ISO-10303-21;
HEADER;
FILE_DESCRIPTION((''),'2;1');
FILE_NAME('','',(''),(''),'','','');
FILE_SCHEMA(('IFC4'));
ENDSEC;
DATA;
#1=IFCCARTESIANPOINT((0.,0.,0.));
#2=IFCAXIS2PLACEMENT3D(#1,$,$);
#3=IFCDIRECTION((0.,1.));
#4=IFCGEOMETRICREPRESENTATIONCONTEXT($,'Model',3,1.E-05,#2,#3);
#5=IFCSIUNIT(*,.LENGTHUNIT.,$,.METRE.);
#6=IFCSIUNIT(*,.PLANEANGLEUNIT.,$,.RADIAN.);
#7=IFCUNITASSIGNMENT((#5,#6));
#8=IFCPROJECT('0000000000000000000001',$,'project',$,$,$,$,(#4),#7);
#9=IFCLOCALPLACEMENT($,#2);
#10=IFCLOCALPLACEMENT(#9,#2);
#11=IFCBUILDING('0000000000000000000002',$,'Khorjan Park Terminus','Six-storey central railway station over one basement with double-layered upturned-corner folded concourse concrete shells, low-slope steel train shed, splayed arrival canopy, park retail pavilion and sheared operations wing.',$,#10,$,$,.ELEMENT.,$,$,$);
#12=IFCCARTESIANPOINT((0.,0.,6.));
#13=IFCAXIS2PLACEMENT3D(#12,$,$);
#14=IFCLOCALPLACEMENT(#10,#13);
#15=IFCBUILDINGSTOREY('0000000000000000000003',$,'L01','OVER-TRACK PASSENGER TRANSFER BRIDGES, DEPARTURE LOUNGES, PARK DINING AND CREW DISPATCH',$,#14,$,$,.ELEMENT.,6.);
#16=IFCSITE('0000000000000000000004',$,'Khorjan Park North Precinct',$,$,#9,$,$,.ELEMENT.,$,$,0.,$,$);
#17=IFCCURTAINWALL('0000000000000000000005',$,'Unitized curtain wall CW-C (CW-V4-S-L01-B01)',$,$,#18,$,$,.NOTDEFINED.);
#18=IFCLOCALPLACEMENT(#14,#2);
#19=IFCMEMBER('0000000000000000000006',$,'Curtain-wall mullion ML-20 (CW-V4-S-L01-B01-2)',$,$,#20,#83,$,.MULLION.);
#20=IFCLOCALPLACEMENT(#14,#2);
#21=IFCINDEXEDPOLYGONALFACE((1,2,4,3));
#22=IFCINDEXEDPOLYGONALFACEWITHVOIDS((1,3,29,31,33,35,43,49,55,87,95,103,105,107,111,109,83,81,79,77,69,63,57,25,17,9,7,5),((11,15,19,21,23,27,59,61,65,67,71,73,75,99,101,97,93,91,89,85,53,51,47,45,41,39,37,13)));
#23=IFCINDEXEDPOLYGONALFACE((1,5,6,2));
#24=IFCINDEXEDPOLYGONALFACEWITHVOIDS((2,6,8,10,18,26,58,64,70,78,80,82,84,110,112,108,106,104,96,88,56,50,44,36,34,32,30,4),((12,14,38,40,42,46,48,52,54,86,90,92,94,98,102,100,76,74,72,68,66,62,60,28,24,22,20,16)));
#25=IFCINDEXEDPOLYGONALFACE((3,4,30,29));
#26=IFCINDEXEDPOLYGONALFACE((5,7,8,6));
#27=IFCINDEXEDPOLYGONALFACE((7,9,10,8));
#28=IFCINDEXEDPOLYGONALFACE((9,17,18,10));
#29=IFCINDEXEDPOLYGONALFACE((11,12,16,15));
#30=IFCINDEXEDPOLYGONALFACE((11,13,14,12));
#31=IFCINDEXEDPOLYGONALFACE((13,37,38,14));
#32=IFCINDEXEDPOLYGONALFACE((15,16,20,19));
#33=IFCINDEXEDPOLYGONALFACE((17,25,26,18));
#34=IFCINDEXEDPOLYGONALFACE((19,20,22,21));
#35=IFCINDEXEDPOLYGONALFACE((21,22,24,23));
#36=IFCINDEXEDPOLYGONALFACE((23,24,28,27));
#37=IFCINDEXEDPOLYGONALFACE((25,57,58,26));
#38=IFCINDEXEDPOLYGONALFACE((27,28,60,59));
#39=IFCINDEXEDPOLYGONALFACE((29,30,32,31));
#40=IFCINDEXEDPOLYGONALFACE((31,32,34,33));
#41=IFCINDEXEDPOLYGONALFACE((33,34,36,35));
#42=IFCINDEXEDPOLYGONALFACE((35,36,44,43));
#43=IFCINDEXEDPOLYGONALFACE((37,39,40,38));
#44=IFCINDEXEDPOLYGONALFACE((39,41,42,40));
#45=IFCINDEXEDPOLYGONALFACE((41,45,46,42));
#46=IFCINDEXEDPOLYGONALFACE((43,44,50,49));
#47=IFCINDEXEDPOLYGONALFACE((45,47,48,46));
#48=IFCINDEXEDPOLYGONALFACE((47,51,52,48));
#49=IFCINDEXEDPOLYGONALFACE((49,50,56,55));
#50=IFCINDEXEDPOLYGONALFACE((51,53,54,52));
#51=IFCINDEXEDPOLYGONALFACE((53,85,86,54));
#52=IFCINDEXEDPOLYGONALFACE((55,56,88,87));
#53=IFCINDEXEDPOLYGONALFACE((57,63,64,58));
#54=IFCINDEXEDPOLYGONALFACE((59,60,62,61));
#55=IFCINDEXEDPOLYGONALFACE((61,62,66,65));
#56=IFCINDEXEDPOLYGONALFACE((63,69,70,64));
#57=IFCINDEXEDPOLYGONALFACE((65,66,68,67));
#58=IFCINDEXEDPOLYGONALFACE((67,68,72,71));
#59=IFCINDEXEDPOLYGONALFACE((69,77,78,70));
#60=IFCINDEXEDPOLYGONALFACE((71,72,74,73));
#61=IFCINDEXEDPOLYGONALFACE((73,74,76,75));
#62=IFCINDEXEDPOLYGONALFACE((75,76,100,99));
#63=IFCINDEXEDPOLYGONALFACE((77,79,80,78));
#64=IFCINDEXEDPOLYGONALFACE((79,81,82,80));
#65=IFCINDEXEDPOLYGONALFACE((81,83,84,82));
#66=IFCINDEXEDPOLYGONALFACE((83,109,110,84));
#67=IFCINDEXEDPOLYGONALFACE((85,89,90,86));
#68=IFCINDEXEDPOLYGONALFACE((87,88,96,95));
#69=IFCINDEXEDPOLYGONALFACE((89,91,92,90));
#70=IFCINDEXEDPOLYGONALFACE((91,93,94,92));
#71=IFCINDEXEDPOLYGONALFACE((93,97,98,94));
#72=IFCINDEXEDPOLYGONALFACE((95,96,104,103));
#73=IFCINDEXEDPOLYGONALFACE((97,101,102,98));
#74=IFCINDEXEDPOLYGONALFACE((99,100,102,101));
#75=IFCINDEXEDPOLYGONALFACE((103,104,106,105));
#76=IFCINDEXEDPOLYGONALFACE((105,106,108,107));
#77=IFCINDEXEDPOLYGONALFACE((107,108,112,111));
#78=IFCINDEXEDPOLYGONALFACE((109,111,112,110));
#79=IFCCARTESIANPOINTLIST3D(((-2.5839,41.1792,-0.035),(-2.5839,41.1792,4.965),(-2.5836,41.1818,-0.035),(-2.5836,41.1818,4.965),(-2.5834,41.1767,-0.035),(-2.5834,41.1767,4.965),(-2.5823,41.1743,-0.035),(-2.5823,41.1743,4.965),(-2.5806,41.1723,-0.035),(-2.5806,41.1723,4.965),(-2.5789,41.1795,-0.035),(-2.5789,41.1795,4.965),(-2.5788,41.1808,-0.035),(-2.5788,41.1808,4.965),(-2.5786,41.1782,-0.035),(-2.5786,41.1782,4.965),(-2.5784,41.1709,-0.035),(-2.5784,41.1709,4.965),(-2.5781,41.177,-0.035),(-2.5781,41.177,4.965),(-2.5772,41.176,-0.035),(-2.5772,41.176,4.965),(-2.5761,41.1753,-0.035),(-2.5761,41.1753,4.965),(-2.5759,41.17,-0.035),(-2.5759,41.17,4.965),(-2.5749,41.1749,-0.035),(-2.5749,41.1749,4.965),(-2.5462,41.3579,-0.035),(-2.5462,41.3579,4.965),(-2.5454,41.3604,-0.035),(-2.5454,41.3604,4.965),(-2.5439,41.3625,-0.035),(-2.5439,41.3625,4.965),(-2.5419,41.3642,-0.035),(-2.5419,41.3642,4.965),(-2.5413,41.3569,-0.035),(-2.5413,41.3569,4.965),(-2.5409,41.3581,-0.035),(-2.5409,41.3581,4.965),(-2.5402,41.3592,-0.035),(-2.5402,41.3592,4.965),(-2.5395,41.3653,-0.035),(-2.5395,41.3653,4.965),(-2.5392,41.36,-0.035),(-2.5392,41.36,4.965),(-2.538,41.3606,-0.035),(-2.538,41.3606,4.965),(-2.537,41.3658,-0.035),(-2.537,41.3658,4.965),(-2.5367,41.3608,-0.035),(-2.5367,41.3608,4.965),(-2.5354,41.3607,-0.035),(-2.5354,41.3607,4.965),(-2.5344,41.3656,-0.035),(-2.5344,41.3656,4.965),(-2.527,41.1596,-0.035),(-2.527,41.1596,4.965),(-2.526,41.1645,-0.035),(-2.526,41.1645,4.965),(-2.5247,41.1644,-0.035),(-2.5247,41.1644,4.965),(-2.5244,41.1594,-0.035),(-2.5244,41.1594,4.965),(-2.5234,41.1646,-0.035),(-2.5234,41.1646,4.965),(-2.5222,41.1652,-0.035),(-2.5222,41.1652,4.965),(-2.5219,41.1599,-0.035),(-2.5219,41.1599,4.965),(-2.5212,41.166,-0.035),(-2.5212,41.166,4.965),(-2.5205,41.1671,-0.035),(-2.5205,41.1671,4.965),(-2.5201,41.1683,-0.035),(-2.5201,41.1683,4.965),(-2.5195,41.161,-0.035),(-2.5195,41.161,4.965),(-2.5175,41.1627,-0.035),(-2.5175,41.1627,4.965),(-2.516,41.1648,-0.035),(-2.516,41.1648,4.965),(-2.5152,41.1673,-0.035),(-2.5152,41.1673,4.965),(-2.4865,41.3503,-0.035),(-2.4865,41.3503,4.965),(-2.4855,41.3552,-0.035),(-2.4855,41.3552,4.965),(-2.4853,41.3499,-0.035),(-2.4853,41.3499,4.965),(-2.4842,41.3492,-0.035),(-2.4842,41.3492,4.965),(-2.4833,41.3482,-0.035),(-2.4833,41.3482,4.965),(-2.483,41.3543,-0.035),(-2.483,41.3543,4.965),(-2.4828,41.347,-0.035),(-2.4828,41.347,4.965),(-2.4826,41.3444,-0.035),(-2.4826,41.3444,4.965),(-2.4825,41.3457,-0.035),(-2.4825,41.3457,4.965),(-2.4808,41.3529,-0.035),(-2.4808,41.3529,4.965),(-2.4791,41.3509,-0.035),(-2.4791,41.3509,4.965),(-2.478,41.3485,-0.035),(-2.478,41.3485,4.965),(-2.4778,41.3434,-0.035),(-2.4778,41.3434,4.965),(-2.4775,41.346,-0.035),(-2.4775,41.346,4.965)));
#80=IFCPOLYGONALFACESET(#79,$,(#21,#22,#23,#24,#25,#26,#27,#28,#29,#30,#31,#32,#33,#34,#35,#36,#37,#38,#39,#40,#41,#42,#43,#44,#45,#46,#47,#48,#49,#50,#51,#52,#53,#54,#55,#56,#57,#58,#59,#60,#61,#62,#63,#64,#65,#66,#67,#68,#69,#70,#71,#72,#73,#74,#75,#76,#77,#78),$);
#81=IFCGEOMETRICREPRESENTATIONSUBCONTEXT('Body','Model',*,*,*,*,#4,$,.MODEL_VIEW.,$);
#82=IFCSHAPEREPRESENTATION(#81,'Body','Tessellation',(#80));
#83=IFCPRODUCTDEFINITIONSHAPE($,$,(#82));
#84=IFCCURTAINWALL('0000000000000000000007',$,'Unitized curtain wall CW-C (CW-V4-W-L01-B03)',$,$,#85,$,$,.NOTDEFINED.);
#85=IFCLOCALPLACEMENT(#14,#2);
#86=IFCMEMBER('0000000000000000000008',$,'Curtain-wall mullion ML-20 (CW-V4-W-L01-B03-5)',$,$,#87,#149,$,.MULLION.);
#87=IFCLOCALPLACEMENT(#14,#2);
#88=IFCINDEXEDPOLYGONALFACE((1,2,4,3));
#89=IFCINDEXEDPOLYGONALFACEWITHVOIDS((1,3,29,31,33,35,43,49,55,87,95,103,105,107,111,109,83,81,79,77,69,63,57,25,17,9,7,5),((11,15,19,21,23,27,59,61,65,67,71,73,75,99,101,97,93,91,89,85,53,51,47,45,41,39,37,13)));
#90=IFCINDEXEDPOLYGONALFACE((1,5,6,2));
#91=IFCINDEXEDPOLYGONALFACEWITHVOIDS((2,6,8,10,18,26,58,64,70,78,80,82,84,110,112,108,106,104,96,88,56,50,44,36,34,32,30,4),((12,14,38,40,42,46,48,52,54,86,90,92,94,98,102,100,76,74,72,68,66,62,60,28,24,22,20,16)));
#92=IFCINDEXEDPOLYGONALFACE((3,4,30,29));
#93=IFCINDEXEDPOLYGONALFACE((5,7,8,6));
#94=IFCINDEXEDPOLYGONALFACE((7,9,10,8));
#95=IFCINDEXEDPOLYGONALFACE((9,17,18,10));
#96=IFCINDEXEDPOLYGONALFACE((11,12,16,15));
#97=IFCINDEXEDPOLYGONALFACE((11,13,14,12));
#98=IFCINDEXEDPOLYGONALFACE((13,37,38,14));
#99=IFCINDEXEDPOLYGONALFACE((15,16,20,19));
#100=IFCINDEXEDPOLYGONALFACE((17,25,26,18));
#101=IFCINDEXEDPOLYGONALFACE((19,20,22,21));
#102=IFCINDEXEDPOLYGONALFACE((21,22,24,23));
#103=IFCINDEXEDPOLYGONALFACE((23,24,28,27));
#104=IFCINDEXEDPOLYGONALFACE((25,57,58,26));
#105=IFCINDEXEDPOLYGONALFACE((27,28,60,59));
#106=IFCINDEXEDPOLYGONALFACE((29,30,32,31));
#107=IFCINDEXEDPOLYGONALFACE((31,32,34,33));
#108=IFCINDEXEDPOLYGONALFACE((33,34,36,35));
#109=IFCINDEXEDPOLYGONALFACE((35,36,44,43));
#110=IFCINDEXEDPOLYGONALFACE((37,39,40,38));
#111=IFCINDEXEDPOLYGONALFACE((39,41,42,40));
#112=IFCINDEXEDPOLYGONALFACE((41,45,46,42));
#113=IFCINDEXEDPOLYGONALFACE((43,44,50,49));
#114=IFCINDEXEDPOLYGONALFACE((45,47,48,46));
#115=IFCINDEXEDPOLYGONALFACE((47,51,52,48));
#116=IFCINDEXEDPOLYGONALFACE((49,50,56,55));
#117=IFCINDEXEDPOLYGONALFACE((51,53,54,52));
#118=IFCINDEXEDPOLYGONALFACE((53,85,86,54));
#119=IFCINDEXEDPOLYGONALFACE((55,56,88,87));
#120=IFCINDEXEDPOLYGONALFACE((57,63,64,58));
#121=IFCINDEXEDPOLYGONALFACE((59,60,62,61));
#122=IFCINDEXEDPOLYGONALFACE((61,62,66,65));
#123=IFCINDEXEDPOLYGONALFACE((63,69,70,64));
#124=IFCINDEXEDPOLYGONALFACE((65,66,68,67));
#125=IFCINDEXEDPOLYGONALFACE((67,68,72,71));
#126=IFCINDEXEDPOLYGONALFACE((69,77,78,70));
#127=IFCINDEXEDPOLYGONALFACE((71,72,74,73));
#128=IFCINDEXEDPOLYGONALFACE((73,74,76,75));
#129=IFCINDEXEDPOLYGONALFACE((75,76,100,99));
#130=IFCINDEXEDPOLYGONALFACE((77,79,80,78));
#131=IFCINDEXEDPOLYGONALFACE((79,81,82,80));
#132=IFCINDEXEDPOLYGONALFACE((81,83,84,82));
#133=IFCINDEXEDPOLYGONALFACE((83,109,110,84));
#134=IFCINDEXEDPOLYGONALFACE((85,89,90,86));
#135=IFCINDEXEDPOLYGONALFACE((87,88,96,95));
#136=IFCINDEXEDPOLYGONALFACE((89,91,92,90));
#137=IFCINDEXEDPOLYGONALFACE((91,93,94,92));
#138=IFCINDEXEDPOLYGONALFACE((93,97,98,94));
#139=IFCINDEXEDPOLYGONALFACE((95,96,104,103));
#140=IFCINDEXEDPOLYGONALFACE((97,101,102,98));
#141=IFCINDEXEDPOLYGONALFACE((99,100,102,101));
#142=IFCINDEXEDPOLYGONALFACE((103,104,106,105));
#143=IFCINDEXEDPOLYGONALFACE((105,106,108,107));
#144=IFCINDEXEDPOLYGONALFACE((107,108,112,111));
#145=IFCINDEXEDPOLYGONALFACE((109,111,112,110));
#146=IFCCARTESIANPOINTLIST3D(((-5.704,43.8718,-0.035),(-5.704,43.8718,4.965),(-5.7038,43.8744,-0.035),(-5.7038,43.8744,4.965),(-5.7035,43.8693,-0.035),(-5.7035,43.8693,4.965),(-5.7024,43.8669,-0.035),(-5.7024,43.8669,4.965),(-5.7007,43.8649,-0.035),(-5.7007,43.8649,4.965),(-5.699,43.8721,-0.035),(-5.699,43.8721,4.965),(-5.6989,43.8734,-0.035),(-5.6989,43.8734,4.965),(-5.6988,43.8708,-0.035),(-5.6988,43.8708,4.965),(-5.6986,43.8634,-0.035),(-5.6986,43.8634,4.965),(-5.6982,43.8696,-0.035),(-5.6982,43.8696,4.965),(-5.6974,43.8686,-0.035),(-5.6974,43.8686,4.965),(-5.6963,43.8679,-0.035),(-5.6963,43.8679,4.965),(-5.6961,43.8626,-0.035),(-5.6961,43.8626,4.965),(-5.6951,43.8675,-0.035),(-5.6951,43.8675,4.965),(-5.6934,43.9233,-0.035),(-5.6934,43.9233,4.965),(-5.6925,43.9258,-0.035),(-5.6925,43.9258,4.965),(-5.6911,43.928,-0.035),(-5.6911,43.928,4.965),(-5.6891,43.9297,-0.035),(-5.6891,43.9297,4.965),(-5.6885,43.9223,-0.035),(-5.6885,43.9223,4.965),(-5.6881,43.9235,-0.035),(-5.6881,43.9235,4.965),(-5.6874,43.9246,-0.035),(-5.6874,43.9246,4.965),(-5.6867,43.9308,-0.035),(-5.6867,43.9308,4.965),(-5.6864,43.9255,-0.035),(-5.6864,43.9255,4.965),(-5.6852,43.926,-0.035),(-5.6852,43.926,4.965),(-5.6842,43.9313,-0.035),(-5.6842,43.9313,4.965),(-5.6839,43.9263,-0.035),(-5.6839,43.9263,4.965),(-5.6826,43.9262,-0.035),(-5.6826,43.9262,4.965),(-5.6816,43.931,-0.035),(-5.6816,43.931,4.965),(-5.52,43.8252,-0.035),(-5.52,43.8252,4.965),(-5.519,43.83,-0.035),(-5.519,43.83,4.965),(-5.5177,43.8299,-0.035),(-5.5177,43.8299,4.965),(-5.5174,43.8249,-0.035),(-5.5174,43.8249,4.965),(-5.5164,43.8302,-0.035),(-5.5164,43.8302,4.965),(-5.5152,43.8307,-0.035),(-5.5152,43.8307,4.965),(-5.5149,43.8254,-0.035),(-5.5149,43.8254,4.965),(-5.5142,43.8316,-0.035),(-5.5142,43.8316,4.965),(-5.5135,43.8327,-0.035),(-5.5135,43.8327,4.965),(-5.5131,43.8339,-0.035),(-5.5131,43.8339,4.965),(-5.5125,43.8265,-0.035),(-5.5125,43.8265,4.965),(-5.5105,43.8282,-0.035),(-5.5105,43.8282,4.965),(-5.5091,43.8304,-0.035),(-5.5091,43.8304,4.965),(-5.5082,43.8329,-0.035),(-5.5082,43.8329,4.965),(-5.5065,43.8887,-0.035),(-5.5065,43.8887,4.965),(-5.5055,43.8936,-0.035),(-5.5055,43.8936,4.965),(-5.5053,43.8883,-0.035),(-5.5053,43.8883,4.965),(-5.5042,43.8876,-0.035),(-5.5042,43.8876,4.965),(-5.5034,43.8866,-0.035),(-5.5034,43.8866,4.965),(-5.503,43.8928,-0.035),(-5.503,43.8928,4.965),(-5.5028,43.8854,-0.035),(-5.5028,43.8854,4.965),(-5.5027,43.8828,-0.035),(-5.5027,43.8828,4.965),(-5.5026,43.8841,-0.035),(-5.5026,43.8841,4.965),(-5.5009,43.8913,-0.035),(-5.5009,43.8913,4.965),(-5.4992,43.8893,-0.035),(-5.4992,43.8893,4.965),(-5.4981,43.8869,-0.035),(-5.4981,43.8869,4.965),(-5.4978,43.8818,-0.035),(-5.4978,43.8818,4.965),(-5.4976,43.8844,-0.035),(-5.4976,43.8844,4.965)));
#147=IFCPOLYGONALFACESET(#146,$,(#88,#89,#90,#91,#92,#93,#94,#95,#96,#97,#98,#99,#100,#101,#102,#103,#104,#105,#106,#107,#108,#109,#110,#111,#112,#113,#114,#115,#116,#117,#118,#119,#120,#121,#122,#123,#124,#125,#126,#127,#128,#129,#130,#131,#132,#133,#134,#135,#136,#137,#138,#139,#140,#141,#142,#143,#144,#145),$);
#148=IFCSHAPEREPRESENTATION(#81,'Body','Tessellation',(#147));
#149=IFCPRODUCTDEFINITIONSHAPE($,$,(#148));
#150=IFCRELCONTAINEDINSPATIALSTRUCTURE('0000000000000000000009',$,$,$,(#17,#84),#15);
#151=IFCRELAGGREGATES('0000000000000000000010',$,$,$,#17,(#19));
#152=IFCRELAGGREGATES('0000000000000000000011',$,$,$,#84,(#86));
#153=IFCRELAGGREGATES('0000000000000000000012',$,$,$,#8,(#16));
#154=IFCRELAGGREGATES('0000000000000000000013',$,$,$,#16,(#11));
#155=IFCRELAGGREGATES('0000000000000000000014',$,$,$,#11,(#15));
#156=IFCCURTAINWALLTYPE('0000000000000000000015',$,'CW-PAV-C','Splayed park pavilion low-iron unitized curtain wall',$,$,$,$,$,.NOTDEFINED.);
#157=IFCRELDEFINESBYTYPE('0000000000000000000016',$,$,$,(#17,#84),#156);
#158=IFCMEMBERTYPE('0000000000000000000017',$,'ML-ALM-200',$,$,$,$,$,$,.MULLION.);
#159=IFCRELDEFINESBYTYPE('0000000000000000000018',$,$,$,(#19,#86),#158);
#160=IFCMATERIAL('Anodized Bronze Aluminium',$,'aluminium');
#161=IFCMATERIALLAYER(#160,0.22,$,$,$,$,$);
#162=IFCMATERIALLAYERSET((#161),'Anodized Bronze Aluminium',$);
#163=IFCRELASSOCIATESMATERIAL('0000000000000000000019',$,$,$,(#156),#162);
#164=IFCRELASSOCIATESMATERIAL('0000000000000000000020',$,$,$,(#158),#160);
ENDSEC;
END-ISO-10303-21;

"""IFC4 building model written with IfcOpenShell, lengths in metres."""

from ifc_helpers import new_model, si_unit, direction, frame, origin, origin_2d, place, context, subcontext, project, spatial, hollow_rectangle, extrude, material, layer, layer_set, material_profile, profile_set, type_object, element, aggregate, save


model = new_model("IFC4")

# Units and contexts
model_context = context("Model", 3, precision=1e-05, world=origin(), true_north=direction((0.0, 1.0)))
body_context = subcontext(model_context, "Body", "Model", "MODEL_VIEW")
ifc_project = project(units=[si_unit("LENGTHUNIT", "METRE"), si_unit("PLANEANGLEUNIT", "RADIAN")], contexts=[model_context])

# Site, building, storey
site_placement = place(None, origin())
site = spatial("IfcSite", under=ifc_project, at=site_placement, Name="Khorjan Park North Precinct", CompositionType="ELEMENT", RefElevation=0.0)
building_placement = place(site_placement, origin())
building = spatial("IfcBuilding", under=site, at=building_placement, Name="Khorjan Park Terminus", Description="Six-storey central railway station over one basement with double-layered upturned-corner folded concourse concrete shells, low-slope steel train shed, splayed arrival canopy, park retail pavilion and sheared operations wing.", CompositionType="ELEMENT")
storey_placement = place(building_placement, frame((0.0, 0.0, 6.0)))
storey = spatial("IfcBuildingStorey", under=building, at=storey_placement, Name="L01", Description="OVER-TRACK PASSENGER TRANSFER BRIDGES, DEPARTURE LOUNGES, PARK DINING AND CREW DISPATCH", CompositionType="ELEMENT", Elevation=6.0)

# Curtain walls, members
ifc_material_1 = material(Name="Anodized Bronze Aluminium", Category="aluminium")
ifc_layer_1 = layer(ifc_material_1, 0.22)
ifc_layer_set_1 = layer_set([ifc_layer_1], Name="Anodized Bronze Aluminium")
curtain_wall_type = type_object("IfcCurtainWallType", Name="CW-PAV-C", Description="Splayed park pavilion low-iron unitized curtain wall", PredefinedType="NOTDEFINED", material=ifc_layer_set_1)
curtain_wall_1_placement = place(storey_placement, origin())
curtain_wall_1 = element("IfcCurtainWall", 1, at=curtain_wall_1_placement, inside=storey, type_object=curtain_wall_type, Name="Unitized curtain wall CW-C (CW-V4-S-L01-B01)", PredefinedType="NOTDEFINED")
ifc_material_profile_1 = material_profile(ifc_material_1, hollow_rectangle(XDim=0.07, YDim=0.2, WallThickness=0.005, InnerFilletRadius=0.005, OuterFilletRadius=0.01, at=origin_2d()), Name="ALM 70x200x5")
ifc_profile_set_1 = profile_set([ifc_material_profile_1], Name="Anodized Bronze Aluminium")
member_type_1 = type_object("IfcMemberType", Name="ML-ALM-200", PredefinedType="MULLION", material=ifc_profile_set_1)
member_1_placement = place(storey_placement, frame((-2.5307, 41.2626, -0.035), z_axis=(0.0, 0.0, 1.0), x_axis=(0.978147, -0.207914, 0.0)))
member_1 = element("IfcMember", 2, at=member_1_placement, type_object=member_type_1, Name="Curtain-wall mullion ML-20 (CW-V4-S-L01-B01-2)", PredefinedType="MULLION", context=body_context, shape_type="SweptSolid", body=[
    extrude(hollow_rectangle(XDim=0.07, YDim=0.2, WallThickness=0.005, InnerFilletRadius=0.005, OuterFilletRadius=0.01, at=origin_2d()), origin(), (0.0, 0.0, 1.0), 5.0),
])
curtain_wall_2_placement = place(storey_placement, origin())
curtain_wall_2 = element("IfcCurtainWall", 3, at=curtain_wall_2_placement, inside=storey, type_object=curtain_wall_type, Name="Unitized curtain wall CW-C (CW-V4-W-L01-B03)", PredefinedType="NOTDEFINED")
member_2_placement = place(storey_placement, frame((-5.6008, 43.8781, -0.035), z_axis=(0.0, 0.0, 1.0), x_axis=(-0.207918, -0.978146, 0.0)))
member_2 = element("IfcMember", 4, at=member_2_placement, type_object=member_type_1, Name="Curtain-wall mullion ML-20 (CW-V4-W-L01-B03-5)", PredefinedType="MULLION", context=body_context, shape_type="SweptSolid", body=[
    extrude(hollow_rectangle(XDim=0.07, YDim=0.2, WallThickness=0.005, InnerFilletRadius=0.005, OuterFilletRadius=0.01, at=origin_2d()), origin(), (0.0, 0.0, 1.0), 5.0),
])

aggregate(curtain_wall_1, [member_1])
aggregate(curtain_wall_2, [member_2])

save(model, "model.ifc")
